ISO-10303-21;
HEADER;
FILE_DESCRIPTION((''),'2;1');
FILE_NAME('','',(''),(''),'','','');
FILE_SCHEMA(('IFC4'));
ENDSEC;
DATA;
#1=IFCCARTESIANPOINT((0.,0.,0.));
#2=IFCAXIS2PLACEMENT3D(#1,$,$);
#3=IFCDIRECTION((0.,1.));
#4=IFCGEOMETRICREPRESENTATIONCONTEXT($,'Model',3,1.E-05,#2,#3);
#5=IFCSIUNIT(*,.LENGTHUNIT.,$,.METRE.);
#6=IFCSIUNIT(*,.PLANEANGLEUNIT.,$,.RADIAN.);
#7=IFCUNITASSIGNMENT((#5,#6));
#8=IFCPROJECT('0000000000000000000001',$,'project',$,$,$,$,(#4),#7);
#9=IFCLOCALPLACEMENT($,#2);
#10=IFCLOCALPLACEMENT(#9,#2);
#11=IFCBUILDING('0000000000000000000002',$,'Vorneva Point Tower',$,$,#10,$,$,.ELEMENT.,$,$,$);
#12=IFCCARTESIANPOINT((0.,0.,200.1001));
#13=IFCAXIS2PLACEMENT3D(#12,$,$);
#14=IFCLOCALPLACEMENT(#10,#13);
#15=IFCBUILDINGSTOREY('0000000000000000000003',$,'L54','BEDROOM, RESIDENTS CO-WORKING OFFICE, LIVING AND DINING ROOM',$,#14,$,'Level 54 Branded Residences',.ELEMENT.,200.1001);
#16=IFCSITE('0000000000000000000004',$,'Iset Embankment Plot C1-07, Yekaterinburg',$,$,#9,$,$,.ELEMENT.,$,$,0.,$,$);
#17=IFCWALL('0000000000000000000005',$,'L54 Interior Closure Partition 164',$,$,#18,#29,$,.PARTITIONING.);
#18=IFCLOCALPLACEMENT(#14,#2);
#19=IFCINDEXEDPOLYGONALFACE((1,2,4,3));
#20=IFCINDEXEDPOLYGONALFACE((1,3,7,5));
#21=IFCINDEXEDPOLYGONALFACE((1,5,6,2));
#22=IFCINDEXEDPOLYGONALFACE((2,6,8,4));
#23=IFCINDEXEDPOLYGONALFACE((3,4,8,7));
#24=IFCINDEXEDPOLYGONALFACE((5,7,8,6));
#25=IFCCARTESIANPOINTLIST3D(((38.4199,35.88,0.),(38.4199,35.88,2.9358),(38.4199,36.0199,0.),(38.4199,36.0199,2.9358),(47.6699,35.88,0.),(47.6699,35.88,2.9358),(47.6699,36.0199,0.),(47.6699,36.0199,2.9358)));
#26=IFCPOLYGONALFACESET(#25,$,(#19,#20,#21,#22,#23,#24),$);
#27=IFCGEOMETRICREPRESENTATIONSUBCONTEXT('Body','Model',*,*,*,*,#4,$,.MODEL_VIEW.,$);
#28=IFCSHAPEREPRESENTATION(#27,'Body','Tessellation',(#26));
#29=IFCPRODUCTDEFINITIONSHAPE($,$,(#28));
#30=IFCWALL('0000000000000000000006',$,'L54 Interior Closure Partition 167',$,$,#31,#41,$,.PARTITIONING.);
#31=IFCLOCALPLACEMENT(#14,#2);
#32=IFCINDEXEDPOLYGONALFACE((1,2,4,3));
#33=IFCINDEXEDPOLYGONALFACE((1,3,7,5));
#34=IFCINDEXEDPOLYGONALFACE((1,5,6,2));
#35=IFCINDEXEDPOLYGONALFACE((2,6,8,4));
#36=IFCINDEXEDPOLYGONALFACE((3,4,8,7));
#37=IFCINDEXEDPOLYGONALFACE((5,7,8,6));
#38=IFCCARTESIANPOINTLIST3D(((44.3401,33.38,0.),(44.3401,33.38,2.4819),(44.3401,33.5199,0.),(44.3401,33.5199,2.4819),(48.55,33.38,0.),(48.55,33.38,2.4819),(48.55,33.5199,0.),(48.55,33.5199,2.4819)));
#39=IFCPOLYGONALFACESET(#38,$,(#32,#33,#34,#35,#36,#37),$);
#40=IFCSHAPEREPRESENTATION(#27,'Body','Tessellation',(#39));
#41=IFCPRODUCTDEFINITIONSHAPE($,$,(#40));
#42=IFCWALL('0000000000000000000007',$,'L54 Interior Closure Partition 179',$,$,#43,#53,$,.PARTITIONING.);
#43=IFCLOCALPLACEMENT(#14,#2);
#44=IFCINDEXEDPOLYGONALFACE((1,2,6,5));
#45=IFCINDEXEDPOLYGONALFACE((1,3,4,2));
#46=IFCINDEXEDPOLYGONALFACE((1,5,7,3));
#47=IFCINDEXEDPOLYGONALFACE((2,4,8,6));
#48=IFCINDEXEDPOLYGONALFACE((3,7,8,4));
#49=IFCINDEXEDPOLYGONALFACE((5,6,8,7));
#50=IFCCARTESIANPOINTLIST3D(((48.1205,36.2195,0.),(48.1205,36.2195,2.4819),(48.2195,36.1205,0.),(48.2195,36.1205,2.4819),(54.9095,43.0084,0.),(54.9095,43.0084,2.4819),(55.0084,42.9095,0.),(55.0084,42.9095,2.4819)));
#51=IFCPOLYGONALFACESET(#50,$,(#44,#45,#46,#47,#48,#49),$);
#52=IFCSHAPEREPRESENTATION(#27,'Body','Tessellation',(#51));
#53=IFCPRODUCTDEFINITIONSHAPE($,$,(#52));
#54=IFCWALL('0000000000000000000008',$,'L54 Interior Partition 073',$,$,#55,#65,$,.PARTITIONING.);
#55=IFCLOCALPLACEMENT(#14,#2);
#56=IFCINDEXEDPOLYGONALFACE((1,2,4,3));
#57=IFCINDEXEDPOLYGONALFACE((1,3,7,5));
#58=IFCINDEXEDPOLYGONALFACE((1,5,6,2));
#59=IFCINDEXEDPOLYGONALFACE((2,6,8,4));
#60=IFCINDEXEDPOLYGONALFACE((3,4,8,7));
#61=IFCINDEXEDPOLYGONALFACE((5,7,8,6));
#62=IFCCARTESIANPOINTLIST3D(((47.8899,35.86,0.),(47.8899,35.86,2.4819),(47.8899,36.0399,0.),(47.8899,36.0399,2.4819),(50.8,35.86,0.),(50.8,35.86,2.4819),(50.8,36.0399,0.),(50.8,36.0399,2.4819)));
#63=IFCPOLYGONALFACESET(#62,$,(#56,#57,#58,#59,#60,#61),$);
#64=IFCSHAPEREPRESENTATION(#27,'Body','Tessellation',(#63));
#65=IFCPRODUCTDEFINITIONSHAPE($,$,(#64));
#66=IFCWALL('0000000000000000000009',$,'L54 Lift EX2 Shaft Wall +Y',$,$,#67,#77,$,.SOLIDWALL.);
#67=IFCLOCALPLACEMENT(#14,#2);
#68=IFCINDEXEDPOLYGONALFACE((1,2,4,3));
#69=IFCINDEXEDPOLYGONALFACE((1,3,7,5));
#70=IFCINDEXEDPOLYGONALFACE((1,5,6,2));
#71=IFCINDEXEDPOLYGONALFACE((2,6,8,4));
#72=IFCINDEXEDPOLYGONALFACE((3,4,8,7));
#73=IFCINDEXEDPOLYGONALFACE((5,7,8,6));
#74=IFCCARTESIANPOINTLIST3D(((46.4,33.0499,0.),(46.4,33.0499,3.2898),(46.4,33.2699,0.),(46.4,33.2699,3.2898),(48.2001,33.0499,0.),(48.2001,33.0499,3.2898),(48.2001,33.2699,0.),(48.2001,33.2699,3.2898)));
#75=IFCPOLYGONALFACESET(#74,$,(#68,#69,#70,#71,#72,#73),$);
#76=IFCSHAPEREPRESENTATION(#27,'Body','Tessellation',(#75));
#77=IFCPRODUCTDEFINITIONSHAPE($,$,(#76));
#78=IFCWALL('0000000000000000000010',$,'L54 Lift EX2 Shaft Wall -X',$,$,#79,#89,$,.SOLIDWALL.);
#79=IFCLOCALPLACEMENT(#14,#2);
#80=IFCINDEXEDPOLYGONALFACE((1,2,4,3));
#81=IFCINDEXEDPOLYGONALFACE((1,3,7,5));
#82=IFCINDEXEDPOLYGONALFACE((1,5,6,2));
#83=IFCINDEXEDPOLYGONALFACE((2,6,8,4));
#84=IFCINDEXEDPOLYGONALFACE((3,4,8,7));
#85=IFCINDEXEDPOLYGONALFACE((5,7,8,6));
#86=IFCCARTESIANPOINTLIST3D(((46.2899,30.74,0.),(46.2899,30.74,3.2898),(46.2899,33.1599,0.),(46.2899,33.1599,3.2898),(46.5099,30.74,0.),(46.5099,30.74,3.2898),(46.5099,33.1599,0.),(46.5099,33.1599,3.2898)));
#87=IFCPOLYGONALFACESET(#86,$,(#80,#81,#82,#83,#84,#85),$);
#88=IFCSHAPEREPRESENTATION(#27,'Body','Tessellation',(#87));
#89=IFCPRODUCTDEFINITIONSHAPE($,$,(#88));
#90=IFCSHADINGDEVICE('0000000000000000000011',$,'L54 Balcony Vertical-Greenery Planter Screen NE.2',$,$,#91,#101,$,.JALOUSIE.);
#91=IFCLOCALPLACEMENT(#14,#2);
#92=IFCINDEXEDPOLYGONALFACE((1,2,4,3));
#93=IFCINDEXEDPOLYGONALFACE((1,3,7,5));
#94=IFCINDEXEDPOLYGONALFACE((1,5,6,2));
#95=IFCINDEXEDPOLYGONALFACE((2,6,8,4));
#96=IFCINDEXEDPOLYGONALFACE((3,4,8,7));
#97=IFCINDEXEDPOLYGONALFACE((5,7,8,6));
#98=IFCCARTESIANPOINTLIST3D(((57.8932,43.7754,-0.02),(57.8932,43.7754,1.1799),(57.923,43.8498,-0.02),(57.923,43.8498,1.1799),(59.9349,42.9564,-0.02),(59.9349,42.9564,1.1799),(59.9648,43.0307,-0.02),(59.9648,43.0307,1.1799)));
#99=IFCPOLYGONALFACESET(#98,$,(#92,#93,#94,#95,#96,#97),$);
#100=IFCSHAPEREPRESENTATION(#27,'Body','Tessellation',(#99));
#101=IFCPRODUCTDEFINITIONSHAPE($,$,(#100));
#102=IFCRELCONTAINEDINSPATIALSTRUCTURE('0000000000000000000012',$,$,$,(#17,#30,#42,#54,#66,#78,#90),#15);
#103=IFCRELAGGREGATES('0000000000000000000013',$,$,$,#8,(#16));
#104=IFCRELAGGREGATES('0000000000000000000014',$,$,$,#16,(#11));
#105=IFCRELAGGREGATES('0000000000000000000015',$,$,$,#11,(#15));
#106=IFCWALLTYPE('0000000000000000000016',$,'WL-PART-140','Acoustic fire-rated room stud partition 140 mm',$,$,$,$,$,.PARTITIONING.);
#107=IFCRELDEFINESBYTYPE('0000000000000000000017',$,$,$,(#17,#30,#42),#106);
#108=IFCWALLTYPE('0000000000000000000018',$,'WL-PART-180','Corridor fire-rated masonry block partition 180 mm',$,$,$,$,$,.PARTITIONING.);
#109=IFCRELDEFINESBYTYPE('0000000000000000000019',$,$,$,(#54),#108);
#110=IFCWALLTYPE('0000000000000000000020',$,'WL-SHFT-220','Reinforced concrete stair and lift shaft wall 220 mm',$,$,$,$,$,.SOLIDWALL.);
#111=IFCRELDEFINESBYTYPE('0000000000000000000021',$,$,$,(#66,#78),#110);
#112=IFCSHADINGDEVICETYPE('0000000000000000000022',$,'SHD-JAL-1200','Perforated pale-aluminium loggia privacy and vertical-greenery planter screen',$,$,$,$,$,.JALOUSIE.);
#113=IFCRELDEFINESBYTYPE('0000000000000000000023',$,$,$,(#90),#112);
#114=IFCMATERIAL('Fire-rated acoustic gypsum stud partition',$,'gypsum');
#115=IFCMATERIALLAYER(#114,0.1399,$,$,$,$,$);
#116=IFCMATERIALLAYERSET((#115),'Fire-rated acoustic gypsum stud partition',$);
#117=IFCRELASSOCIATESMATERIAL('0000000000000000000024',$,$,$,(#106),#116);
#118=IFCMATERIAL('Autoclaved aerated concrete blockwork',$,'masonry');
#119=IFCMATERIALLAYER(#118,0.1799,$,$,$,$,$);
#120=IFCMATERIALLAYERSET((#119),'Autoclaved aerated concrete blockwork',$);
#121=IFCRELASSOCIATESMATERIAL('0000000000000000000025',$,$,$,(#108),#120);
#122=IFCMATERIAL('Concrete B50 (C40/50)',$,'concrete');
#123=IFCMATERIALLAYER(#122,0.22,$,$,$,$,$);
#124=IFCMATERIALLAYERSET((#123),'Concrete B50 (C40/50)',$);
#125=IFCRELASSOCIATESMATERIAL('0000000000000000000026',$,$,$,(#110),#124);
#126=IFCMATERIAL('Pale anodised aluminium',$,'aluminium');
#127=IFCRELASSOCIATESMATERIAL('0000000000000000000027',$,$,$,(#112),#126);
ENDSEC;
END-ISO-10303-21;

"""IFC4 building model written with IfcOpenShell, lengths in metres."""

from ifc_helpers import new_model, si_unit, direction, frame, frame_2d, origin, origin_2d, place, context, subcontext, project, spatial, rectangle, extrude, material, layer, layer_set, type_object, element, save


model = new_model("IFC4")

# Units and contexts
model_context = context("Model", 3, precision=1e-05, world=origin(), true_north=direction((0.0, 1.0)))
body_context = subcontext(model_context, "Body", "Model", "MODEL_VIEW")
ifc_project = project(units=[si_unit("LENGTHUNIT", "METRE"), si_unit("PLANEANGLEUNIT", "RADIAN")], contexts=[model_context])

# Site, building, storey
site_placement = place(None, origin())
site = spatial("IfcSite", under=ifc_project, at=site_placement, Name="Iset Embankment Plot C1-07, Yekaterinburg", CompositionType="ELEMENT", RefElevation=0.0)
building_placement = place(site_placement, origin())
building = spatial("IfcBuilding", under=site, at=building_placement, Name="Vorneva Point Tower", CompositionType="ELEMENT")
storey_placement = place(building_placement, frame((0.0, 0.0, 200.1001)))
storey = spatial("IfcBuildingStorey", under=building, at=storey_placement, Name="L54", Description="BEDROOM, RESIDENTS CO-WORKING OFFICE, LIVING AND DINING ROOM", LongName="Level 54 Branded Residences", CompositionType="ELEMENT", Elevation=200.1001)

# Shared definitions
ifc_material_1 = material(Name="Concrete B50 (C40/50)", Category="concrete")

# Shared definitions
ifc_material_2 = material(Name="Pale anodised aluminium", Category="aluminium")

# Walls
ifc_material_3 = material(Name="Fire-rated acoustic gypsum stud partition", Category="gypsum")
ifc_layer_1 = layer(ifc_material_3, 0.1399)
ifc_layer_set_1 = layer_set([ifc_layer_1], Name="Fire-rated acoustic gypsum stud partition")
wall_type_1 = type_object("IfcWallType", Name="WL-PART-140", Description="Acoustic fire-rated room stud partition 140 mm", PredefinedType="PARTITIONING", material=ifc_layer_set_1)
wall_1_placement = place(storey_placement, frame((47.6699, 35.95, 0.0), z_axis=(0.0, 0.0, 1.0), x_axis=(-1.0, 0.0, 0.0)))
element("IfcWall", 1, at=wall_1_placement, inside=storey, type_object=wall_type_1, Name="L54 Interior Closure Partition 164", PredefinedType="PARTITIONING", context=body_context, shape_type="SweptSolid", body=[
    extrude(rectangle(XDim=9.25, YDim=0.1399, at=frame_2d((4.625, 0.0))), origin(), (0.0, 0.0, 1.0), 2.9358),
])
wall_2_placement = place(storey_placement, frame((48.55, 33.45, 0.0), z_axis=(0.0, 0.0, 1.0), x_axis=(-1.0, 0.0, 0.0)))
element("IfcWall", 2, at=wall_2_placement, inside=storey, type_object=wall_type_1, Name="L54 Interior Closure Partition 167", PredefinedType="PARTITIONING", context=body_context, shape_type="SweptSolid", body=[
    extrude(rectangle(XDim=4.21, YDim=0.1399, at=frame_2d((2.105, 0.0))), origin(), (0.0, 0.0, 1.0), 2.4819),
])
wall_3_placement = place(storey_placement, frame((54.959, 42.959, 0.0), z_axis=(0.0, 0.0, 1.0), x_axis=(-0.707107, -0.707107, 0.0)))
element("IfcWall", 3, at=wall_3_placement, inside=storey, type_object=wall_type_1, Name="L54 Interior Closure Partition 179", PredefinedType="PARTITIONING", context=body_context, shape_type="SweptSolid", body=[
    extrude(rectangle(XDim=9.6011, YDim=0.1399, at=frame_2d((4.8005, 0.0))), origin(), (0.0, 0.0, 1.0), 2.4819),
])
ifc_material_4 = material(Name="Autoclaved aerated concrete blockwork", Category="masonry")
ifc_layer_2 = layer(ifc_material_4, 0.1799)
ifc_layer_set_2 = layer_set([ifc_layer_2], Name="Autoclaved aerated concrete blockwork")
wall_type_2 = type_object("IfcWallType", Name="WL-PART-180", Description="Corridor fire-rated masonry block partition 180 mm", PredefinedType="PARTITIONING", material=ifc_layer_set_2)
wall_4_placement = place(storey_placement, frame((50.8, 35.95, 0.0), z_axis=(0.0, 0.0, 1.0), x_axis=(-1.0, 0.0, 0.0)))
element("IfcWall", 4, at=wall_4_placement, inside=storey, type_object=wall_type_2, Name="L54 Interior Partition 073", PredefinedType="PARTITIONING", context=body_context, shape_type="SweptSolid", body=[
    extrude(rectangle(XDim=2.9102, YDim=0.1799, at=frame_2d((1.4551, 0.0))), origin(), (0.0, 0.0, 1.0), 2.4819),
])
ifc_layer_3 = layer(ifc_material_1, 0.22)
ifc_layer_set_3 = layer_set([ifc_layer_3], Name="Concrete B50 (C40/50)")
wall_type_3 = type_object("IfcWallType", Name="WL-SHFT-220", Description="Reinforced concrete stair and lift shaft wall 220 mm", PredefinedType="SOLIDWALL", material=ifc_layer_set_3)
wall_5_placement = place(storey_placement, frame((48.2, 33.1599, 0.0), z_axis=(0.0, 0.0, 1.0), x_axis=(-1.0, 0.0, 0.0)))
element("IfcWall", 5, at=wall_5_placement, inside=storey, type_object=wall_type_3, Name="L54 Lift EX2 Shaft Wall +Y", PredefinedType="SOLIDWALL", context=body_context, shape_type="SweptSolid", body=[
    extrude(rectangle(XDim=1.8, YDim=0.22, at=frame_2d((0.8999, 0.0))), origin(), (0.0, 0.0, 1.0), 3.2898),
])
wall_6_placement = place(storey_placement, frame((46.3999, 33.1599, 0.0), z_axis=(0.0, 0.0, 1.0), x_axis=(0.0, -1.0, 0.0)))
element("IfcWall", 6, at=wall_6_placement, inside=storey, type_object=wall_type_3, Name="L54 Lift EX2 Shaft Wall -X", PredefinedType="SOLIDWALL", context=body_context, shape_type="SweptSolid", body=[
    extrude(rectangle(XDim=2.4199, YDim=0.22, at=frame_2d((1.21, 0.0))), origin(), (0.0, 0.0, 1.0), 3.2898),
])

# Shading device
shading_device_type = type_object("IfcShadingDeviceType", Name="SHD-JAL-1200", Description="Perforated pale-aluminium loggia privacy and vertical-greenery planter screen", PredefinedType="JALOUSIE", material=ifc_material_2)
shading_device_placement = place(storey_placement, frame((58.929, 43.4031, -0.02), z_axis=(0.0, 0.0, 1.0), x_axis=(-0.928109, 0.372308, 0.0)))
element("IfcShadingDevice", 7, at=shading_device_placement, inside=storey, type_object=shading_device_type, Name="L54 Balcony Vertical-Greenery Planter Screen NE.2", PredefinedType="JALOUSIE", context=body_context, shape_type="SweptSolid", body=[
    extrude(rectangle(XDim=2.2, YDim=0.0801, at=origin_2d()), origin(), (0.0, 0.0, 1.0), 1.2),
])

save(model, "model.ifc")
